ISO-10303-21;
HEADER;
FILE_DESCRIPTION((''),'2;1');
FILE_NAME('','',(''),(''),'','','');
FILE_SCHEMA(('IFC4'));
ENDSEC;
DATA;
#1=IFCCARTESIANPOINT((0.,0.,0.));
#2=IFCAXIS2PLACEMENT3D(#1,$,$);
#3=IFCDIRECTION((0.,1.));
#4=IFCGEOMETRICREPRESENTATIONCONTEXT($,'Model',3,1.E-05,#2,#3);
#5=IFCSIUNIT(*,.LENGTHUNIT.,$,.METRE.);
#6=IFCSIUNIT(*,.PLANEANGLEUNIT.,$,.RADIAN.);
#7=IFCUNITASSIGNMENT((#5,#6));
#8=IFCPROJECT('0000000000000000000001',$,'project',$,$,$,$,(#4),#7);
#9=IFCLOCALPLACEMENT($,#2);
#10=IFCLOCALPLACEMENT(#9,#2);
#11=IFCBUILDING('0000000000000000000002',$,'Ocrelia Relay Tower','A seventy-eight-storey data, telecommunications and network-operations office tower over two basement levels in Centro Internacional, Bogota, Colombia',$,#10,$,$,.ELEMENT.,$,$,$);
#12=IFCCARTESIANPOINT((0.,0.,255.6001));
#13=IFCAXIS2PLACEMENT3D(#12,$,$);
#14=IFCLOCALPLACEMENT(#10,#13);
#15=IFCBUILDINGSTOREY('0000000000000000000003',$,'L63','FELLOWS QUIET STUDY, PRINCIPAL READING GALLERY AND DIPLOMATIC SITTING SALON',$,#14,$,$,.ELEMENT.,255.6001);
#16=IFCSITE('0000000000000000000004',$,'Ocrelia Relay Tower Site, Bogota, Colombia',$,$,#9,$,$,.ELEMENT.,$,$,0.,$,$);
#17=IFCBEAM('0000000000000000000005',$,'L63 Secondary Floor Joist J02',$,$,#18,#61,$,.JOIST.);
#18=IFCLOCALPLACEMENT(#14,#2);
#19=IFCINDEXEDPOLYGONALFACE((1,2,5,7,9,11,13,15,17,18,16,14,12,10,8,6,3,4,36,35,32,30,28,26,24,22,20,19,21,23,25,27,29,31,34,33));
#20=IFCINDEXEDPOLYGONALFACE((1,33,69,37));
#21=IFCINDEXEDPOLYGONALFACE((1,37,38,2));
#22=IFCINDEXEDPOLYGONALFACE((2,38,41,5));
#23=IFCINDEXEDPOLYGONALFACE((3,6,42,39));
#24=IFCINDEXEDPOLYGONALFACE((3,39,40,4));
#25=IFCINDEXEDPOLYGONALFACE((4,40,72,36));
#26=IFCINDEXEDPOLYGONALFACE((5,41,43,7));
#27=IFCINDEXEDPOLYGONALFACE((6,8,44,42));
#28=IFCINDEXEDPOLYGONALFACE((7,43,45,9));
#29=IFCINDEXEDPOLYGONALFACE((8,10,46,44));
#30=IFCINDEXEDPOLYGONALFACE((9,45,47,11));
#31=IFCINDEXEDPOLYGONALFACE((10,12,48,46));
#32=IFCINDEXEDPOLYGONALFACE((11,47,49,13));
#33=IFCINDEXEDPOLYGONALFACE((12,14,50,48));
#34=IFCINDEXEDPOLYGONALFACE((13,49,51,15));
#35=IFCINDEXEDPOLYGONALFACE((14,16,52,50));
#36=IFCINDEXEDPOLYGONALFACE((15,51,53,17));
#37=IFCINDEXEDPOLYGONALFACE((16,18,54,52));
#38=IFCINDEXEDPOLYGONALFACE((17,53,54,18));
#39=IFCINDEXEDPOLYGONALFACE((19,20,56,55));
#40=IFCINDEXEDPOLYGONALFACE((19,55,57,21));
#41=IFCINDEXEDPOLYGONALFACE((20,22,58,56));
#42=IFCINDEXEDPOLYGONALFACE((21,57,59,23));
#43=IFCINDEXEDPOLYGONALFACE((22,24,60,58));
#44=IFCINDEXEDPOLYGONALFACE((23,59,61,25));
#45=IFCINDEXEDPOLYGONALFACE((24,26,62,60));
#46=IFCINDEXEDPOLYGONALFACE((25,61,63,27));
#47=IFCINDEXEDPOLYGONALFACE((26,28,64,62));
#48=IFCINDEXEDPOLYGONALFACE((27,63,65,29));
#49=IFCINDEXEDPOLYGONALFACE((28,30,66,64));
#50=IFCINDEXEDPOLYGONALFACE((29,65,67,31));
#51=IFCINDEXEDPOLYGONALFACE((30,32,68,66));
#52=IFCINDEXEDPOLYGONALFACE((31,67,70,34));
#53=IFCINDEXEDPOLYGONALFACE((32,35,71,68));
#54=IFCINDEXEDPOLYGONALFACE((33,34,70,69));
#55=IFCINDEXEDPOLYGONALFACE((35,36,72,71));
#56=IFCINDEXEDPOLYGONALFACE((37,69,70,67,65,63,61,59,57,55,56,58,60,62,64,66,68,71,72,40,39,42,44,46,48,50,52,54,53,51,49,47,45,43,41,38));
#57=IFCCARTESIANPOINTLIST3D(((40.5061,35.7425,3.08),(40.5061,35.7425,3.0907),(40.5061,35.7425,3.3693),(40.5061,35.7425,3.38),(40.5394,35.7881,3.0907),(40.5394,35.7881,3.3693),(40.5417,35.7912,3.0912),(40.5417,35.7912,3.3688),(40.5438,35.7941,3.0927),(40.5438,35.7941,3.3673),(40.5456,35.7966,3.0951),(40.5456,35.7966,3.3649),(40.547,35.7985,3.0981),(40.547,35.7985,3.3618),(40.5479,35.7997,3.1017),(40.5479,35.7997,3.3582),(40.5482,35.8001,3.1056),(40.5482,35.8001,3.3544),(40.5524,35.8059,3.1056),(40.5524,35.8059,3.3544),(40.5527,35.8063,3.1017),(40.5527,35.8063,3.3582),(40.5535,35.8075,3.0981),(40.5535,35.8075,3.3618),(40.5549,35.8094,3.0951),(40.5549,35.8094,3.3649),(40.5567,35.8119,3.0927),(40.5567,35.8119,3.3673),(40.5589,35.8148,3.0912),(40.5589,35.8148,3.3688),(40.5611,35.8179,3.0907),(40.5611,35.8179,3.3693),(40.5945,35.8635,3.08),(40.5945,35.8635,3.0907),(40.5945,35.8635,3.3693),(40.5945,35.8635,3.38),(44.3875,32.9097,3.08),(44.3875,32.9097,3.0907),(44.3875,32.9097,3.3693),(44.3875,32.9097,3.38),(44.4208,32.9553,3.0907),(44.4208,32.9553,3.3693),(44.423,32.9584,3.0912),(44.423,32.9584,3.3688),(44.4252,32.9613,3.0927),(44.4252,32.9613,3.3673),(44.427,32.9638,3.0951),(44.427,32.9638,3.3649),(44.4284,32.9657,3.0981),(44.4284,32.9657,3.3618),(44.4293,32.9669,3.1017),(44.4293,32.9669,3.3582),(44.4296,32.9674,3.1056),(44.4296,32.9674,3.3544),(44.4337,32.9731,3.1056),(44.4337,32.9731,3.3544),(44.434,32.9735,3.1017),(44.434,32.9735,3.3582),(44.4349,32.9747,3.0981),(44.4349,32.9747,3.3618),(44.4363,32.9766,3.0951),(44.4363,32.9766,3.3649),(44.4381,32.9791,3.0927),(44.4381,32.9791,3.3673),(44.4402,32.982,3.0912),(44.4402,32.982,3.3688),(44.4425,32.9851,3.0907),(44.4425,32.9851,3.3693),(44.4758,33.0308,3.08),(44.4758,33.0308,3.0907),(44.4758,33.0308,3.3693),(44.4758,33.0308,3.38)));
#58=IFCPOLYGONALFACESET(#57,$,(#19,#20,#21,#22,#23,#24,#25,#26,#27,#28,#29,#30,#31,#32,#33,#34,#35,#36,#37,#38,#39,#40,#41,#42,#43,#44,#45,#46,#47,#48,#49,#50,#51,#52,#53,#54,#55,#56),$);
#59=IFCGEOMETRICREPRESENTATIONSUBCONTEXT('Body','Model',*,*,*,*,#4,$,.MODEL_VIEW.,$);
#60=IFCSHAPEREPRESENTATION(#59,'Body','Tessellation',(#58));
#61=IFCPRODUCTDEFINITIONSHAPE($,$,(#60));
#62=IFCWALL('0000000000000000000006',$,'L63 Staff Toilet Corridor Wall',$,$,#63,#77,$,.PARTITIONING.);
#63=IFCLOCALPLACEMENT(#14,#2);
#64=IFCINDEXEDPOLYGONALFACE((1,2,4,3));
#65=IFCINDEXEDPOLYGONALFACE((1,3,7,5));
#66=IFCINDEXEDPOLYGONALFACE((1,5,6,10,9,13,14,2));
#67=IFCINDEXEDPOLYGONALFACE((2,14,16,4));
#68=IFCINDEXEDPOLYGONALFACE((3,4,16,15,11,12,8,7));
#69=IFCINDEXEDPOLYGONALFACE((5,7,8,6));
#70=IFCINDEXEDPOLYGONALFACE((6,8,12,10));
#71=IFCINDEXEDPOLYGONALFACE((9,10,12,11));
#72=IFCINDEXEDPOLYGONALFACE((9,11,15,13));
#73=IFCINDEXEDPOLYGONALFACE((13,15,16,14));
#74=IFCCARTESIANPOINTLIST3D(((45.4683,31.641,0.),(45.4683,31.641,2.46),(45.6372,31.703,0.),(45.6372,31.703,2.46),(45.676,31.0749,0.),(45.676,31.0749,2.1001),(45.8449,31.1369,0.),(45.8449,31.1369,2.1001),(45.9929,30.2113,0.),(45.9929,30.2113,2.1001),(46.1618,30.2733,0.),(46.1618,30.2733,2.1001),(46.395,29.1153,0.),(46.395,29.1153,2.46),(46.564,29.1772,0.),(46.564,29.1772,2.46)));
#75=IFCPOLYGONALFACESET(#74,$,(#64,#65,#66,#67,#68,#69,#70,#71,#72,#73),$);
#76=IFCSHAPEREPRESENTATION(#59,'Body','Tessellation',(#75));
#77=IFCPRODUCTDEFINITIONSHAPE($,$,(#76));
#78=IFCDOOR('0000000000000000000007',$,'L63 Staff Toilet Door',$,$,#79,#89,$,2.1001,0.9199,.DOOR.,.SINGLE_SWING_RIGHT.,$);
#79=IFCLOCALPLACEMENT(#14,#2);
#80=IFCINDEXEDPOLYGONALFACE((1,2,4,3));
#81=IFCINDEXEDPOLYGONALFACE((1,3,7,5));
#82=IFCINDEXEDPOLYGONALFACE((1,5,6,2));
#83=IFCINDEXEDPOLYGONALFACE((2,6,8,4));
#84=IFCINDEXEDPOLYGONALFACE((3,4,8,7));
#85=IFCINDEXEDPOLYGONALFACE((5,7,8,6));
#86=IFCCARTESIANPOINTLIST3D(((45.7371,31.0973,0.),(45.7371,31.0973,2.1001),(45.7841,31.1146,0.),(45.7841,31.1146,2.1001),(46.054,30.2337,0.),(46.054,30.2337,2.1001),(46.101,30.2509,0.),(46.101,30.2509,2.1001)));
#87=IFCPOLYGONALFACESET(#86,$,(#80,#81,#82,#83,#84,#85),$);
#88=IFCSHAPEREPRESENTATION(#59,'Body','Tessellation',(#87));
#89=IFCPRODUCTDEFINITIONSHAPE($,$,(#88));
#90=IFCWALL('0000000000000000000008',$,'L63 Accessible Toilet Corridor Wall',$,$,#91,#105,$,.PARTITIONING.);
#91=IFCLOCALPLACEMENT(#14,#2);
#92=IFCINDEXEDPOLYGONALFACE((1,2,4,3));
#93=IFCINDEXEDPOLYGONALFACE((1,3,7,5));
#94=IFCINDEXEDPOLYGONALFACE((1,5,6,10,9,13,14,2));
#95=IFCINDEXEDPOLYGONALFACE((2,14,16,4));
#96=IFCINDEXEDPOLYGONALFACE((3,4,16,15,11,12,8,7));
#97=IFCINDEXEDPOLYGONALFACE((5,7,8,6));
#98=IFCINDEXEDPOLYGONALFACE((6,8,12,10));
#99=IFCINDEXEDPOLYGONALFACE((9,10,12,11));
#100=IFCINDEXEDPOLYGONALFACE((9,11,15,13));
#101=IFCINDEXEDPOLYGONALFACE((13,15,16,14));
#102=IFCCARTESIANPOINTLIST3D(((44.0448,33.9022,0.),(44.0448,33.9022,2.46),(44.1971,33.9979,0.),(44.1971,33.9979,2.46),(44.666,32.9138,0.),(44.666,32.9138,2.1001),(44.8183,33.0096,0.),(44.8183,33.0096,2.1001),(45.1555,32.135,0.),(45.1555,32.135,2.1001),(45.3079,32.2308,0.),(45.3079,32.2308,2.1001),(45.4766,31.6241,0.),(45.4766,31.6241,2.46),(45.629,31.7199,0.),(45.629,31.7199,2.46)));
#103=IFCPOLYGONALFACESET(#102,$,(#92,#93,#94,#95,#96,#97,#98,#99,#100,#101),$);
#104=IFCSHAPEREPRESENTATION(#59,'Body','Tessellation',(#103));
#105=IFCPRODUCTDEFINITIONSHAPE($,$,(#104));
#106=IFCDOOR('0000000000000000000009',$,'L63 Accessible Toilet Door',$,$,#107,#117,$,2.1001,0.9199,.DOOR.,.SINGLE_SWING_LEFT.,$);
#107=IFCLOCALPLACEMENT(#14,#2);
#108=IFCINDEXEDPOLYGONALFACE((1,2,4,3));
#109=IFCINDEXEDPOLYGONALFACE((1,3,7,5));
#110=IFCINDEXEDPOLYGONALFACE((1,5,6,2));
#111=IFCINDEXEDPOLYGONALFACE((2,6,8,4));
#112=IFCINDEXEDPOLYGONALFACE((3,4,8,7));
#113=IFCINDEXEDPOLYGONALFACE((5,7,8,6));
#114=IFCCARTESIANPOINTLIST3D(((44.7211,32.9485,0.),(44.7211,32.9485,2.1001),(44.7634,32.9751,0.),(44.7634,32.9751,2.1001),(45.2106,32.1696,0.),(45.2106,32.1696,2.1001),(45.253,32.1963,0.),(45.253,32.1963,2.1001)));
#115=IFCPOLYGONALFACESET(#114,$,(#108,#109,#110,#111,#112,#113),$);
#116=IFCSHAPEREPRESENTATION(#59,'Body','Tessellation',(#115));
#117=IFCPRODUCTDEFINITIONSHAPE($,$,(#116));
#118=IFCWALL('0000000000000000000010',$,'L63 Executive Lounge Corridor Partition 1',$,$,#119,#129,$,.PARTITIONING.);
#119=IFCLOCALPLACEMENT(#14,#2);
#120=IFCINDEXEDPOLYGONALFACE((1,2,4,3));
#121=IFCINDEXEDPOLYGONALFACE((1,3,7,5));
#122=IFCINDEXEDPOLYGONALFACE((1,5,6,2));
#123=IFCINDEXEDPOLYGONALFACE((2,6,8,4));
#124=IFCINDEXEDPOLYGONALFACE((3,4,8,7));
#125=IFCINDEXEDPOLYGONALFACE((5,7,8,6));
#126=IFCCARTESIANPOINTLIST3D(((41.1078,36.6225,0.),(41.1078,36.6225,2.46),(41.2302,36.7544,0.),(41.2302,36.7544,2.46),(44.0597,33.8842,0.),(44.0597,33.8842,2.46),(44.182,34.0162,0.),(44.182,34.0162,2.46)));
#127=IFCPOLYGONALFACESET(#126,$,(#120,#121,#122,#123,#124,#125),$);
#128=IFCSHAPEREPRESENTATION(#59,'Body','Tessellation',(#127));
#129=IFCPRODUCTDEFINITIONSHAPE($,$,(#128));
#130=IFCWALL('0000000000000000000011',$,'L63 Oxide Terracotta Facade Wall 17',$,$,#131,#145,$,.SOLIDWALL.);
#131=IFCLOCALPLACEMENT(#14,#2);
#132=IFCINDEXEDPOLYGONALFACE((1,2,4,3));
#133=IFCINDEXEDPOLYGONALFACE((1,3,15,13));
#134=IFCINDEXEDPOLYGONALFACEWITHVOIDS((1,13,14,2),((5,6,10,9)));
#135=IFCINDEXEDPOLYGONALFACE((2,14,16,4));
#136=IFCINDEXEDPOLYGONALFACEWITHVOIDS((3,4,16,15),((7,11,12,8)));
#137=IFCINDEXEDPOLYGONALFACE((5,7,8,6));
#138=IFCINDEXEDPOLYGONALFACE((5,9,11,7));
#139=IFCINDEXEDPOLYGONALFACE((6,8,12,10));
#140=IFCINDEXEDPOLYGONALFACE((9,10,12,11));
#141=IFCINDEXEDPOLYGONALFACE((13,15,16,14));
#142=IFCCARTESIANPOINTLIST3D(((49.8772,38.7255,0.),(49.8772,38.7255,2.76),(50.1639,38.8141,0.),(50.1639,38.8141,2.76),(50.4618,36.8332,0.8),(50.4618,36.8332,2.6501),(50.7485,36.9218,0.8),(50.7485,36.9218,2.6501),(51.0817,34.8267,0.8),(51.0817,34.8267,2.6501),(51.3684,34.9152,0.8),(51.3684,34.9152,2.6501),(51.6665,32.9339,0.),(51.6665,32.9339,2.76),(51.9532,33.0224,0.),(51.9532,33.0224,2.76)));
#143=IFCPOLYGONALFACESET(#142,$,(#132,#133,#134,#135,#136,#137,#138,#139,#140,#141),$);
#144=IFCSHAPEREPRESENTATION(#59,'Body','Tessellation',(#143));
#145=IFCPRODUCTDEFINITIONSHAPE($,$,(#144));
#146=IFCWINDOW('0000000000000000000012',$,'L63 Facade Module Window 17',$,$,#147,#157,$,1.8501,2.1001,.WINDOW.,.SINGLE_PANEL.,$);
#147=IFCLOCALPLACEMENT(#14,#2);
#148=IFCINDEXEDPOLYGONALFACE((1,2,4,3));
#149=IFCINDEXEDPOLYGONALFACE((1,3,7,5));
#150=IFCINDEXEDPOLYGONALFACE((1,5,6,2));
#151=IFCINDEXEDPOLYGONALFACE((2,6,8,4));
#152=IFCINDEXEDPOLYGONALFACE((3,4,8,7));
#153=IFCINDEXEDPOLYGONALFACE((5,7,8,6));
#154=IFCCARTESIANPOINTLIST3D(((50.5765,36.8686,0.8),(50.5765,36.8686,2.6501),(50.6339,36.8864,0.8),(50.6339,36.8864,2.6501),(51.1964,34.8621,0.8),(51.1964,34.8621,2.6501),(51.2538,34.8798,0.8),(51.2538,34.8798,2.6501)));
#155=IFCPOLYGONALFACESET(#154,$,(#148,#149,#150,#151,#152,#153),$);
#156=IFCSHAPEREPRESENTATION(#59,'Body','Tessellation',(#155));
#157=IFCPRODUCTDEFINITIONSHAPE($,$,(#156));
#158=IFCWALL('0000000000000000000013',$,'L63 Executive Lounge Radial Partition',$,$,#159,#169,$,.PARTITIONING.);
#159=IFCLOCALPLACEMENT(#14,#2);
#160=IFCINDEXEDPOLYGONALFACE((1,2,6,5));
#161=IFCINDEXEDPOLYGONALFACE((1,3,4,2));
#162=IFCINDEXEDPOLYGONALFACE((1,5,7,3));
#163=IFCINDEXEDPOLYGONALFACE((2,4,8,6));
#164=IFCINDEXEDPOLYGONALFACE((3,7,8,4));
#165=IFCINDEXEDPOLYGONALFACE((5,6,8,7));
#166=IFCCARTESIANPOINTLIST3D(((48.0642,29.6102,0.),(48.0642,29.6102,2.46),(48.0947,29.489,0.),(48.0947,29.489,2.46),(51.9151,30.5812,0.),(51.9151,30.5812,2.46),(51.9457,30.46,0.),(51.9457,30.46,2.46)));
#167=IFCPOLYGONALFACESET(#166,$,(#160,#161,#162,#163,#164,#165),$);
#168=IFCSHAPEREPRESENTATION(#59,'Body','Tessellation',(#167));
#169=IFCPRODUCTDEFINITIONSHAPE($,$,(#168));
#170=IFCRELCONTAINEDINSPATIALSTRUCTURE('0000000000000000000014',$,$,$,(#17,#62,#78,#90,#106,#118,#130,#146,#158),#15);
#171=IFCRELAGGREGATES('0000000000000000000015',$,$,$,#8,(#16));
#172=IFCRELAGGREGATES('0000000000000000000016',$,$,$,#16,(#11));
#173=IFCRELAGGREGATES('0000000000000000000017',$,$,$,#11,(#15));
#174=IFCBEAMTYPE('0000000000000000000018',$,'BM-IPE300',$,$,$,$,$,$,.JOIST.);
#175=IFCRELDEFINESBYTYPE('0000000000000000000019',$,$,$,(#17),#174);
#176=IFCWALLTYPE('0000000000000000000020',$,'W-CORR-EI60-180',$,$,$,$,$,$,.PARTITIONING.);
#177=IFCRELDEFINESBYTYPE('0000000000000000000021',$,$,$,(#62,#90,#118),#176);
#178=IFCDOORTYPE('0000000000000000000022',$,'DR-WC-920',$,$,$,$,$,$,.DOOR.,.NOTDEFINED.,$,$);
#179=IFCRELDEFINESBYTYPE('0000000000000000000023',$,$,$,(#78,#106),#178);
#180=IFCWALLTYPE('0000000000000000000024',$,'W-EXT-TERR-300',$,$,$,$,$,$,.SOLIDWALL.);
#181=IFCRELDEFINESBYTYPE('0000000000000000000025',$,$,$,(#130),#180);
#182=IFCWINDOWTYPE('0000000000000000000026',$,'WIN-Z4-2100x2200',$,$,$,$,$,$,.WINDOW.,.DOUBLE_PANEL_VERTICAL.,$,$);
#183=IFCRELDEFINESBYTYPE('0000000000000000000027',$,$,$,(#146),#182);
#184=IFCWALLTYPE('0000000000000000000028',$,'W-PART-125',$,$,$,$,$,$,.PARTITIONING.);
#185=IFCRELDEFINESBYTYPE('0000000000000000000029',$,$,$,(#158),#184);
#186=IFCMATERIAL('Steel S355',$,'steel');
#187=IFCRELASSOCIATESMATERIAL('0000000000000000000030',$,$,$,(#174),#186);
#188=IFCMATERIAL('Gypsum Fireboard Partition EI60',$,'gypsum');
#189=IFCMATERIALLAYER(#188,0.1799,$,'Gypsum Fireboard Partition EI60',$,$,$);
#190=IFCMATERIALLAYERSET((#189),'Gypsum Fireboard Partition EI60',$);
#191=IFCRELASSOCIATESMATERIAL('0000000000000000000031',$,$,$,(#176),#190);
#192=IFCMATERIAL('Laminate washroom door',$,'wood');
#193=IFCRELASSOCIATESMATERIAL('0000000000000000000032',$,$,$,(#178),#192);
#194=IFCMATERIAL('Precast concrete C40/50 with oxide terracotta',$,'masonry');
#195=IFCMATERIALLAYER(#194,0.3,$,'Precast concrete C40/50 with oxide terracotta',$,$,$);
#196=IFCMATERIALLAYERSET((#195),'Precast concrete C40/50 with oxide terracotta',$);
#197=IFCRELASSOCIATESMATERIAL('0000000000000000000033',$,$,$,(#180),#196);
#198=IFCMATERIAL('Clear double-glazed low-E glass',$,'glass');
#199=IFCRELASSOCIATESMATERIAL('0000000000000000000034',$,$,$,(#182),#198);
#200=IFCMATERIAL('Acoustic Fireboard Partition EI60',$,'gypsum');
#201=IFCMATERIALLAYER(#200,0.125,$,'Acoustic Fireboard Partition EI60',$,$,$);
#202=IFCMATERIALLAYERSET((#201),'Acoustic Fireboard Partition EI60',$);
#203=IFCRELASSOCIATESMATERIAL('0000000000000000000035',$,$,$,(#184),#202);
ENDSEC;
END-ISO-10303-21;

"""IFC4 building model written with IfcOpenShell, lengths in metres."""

from ifc_helpers import new_model, si_unit, direction, frame, frame_2d, origin, origin_2d, place, context, subcontext, project, spatial, rectangle, i_section, extrude, material, layer, layer_set, material_profile, profile_set, type_object, element, fill, save


model = new_model("IFC4")

# Units and contexts
model_context = context("Model", 3, precision=1e-05, world=origin(), true_north=direction((0.0, 1.0)))
body_context = subcontext(model_context, "Body", "Model", "MODEL_VIEW")
ifc_project = project(units=[si_unit("LENGTHUNIT", "METRE"), si_unit("PLANEANGLEUNIT", "RADIAN")], contexts=[model_context])

# Site, building, storey
site_placement = place(None, origin())
site = spatial("IfcSite", under=ifc_project, at=site_placement, Name="Ocrelia Relay Tower Site, Bogota, Colombia", CompositionType="ELEMENT", RefElevation=0.0)
building_placement = place(site_placement, origin())
building = spatial("IfcBuilding", under=site, at=building_placement, Name="Ocrelia Relay Tower", Description="A seventy-eight-storey data, telecommunications and network-operations office tower over two basement levels in Centro Internacional, Bogota, Colombia", CompositionType="ELEMENT")
storey_placement = place(building_placement, frame((0.0, 0.0, 255.6001)))
storey = spatial("IfcBuildingStorey", under=building, at=storey_placement, Name="L63", Description="FELLOWS QUIET STUDY, PRINCIPAL READING GALLERY AND DIPLOMATIC SITTING SALON", CompositionType="ELEMENT", Elevation=255.6001)

# Beam
ifc_material_1 = material(Name="Steel S355", Category="steel")
ifc_material_profile_1 = material_profile(ifc_material_1, i_section(OverallWidth=0.1499, OverallDepth=0.3, WebThickness=0.0071, FlangeThickness=0.0107, FilletRadius=0.0149, at=origin_2d()), Name="IPE 300")
ifc_profile_set_1 = profile_set([ifc_material_profile_1], Name="Steel S355")
beam_type_1 = type_object("IfcBeamType", Name="BM-IPE300", PredefinedType="JOIST", material=ifc_profile_set_1)
beam_1_placement = place(storey_placement, frame((44.4316, 32.9702, 3.23), z_axis=(-0.807748, 0.589527, 0.0), x_axis=(-0.589527, -0.807748, 0.0)))
element("IfcBeam", 1, at=beam_1_placement, inside=storey, type_object=beam_type_1, Name="L63 Secondary Floor Joist J02", PredefinedType="JOIST", context=body_context, shape_type="SweptSolid", body=[
    extrude(i_section(OverallWidth=0.1499, OverallDepth=0.3, WebThickness=0.0071, FlangeThickness=0.0107, FilletRadius=0.0149, at=origin_2d()), origin(), (0.0, 0.0, 1.0), 4.8052),
])

# Walls, openings, doors
ifc_material_2 = material(Name="Gypsum Fireboard Partition EI60", Category="gypsum")
ifc_layer_1 = layer(ifc_material_2, 0.1799, Name="Gypsum Fireboard Partition EI60")
ifc_layer_set_1 = layer_set([ifc_layer_1], Name="Gypsum Fireboard Partition EI60")
wall_type_1 = type_object("IfcWallType", Name="W-CORR-EI60-180", PredefinedType="PARTITIONING", material=ifc_layer_set_1)
wall_1_placement = place(storey_placement, frame((46.4795, 29.1462, 0.0), z_axis=(0.0, 0.0, 1.0), x_axis=(-0.344452, 0.938804, 0.0)))
wall_1 = element("IfcWall", 2, at=wall_1_placement, inside=storey, type_object=wall_type_1, Name="L63 Staff Toilet Corridor Wall", PredefinedType="PARTITIONING", context=body_context, shape_type="SweptSolid", body=[
    extrude(rectangle(XDim=2.6904, YDim=0.1799, at=frame_2d((1.3452, 0.0))), origin(), (0.0, 0.0, 1.0), 2.46),
])
opening_1_placement = place(wall_1_placement, frame((1.1675, 0.0, 0.0)))
opening_1 = element("IfcOpeningElement", 3, at=opening_1_placement, cuts=wall_1, PredefinedType="OPENING", context=body_context, shape_type="SweptSolid", body=[
    extrude(rectangle(XDim=0.9199, YDim=2.1001, at=frame_2d((0.46, 1.05))), frame((0.0, 0.1001, 0.0), z_axis=(0.0, -1.0, 0.0), x_axis=(1.0, 0.0, 0.0)), (0.0, 0.0, 1.0), 0.2),
])
ifc_material_3 = material(Name="Laminate washroom door", Category="wood")
door_type = type_object("IfcDoorType", Name="DR-WC-920", OperationType="NOTDEFINED", PredefinedType="DOOR", material=ifc_material_3)
door_1_placement = place(opening_1_placement, origin())
door_1 = element("IfcDoor", 4, at=door_1_placement, inside=storey, type_object=door_type, Name="L63 Staff Toilet Door", OperationType="SINGLE_SWING_RIGHT", OverallHeight=2.1001, OverallWidth=0.9199, PredefinedType="DOOR", context=body_context, shape_type="SweptSolid", body=[
    extrude(rectangle(XDim=0.9199, YDim=2.1001, at=frame_2d((0.46, 1.05))), frame((0.0, 0.0249, 0.0), z_axis=(0.0, -1.0, 0.0), x_axis=(1.0, 0.0, 0.0)), (0.0, 0.0, 1.0), 0.05),
])
fill(opening_1, door_1)
wall_2_placement = place(storey_placement, frame((45.5527, 31.6721, 0.0), z_axis=(0.0, 0.0, 1.0), x_axis=(-0.532159, 0.846645, 0.0)))
wall_2 = element("IfcWall", 5, at=wall_2_placement, inside=storey, type_object=wall_type_1, Name="L63 Accessible Toilet Corridor Wall", PredefinedType="PARTITIONING", context=body_context, shape_type="SweptSolid", body=[
    extrude(rectangle(XDim=2.6907, YDim=0.1799, at=frame_2d((1.3452, 0.0))), origin(), (0.0, 0.0, 1.0), 2.46),
])
opening_2_placement = place(wall_2_placement, frame((0.6033, 0.0, 0.0)))
opening_2 = element("IfcOpeningElement", 6, at=opening_2_placement, cuts=wall_2, PredefinedType="OPENING", context=body_context, shape_type="SweptSolid", body=[
    extrude(rectangle(XDim=0.9199, YDim=2.1001, at=frame_2d((0.46, 1.05))), frame((0.0, 0.1001, 0.0), z_axis=(0.0, -1.0, 0.0), x_axis=(1.0, 0.0, 0.0)), (0.0, 0.0, 1.0), 0.2),
])
door_2_placement = place(opening_2_placement, origin())
door_2 = element("IfcDoor", 7, at=door_2_placement, inside=storey, type_object=door_type, Name="L63 Accessible Toilet Door", OperationType="SINGLE_SWING_LEFT", OverallHeight=2.1001, OverallWidth=0.9199, PredefinedType="DOOR", context=body_context, shape_type="SweptSolid", body=[
    extrude(rectangle(XDim=0.9199, YDim=2.1001, at=frame_2d((0.46, 1.05))), frame((0.0, 0.0249, 0.0), z_axis=(0.0, -1.0, 0.0), x_axis=(1.0, 0.0, 0.0)), (0.0, 0.0, 1.0), 0.05),
])
fill(opening_2, door_2)

# Wall
wall_3_placement = place(storey_placement, frame((44.1208, 33.9502, 0.0), z_axis=(0.0, 0.0, 1.0), x_axis=(-0.733137, 0.680081, 0.0)))
element("IfcWall", 8, at=wall_3_placement, inside=storey, type_object=wall_type_1, Name="L63 Executive Lounge Corridor Partition 1", PredefinedType="PARTITIONING", context=body_context, shape_type="SweptSolid", body=[
    extrude(rectangle(XDim=4.0264, YDim=0.1799, at=frame_2d((2.0132, 0.0))), origin(), (0.0, 0.0, 1.0), 2.46),
])

# Wall, opening, window
ifc_material_4 = material(Name="Precast concrete C40/50 with oxide terracotta", Category="masonry")
ifc_layer_2 = layer(ifc_material_4, 0.3, Name="Precast concrete C40/50 with oxide terracotta")
ifc_layer_set_2 = layer_set([ifc_layer_2], Name="Precast concrete C40/50 with oxide terracotta")
wall_type_2 = type_object("IfcWallType", Name="W-EXT-TERR-300", PredefinedType="SOLIDWALL", material=ifc_layer_set_2)
wall_4_placement = place(storey_placement, frame((51.8098, 32.9783, 0.0), z_axis=(0.0, 0.0, 1.0), x_axis=(-0.295175, 0.955443, 0.0)))
wall_4 = element("IfcWall", 9, at=wall_4_placement, inside=storey, type_object=wall_type_2, Name="L63 Oxide Terracotta Facade Wall 17", PredefinedType="SOLIDWALL", context=body_context, shape_type="SweptSolid", body=[
    extrude(rectangle(XDim=6.0618, YDim=0.3, at=frame_2d((3.0308, 0.0))), origin(), (0.0, 0.0, 1.0), 2.76),
])
opening_3_placement = place(wall_4_placement, frame((1.981, 0.0, 0.8)))
opening_3 = element("IfcOpeningElement", 10, at=opening_3_placement, cuts=wall_4, PredefinedType="OPENING", context=body_context, shape_type="SweptSolid", body=[
    extrude(rectangle(XDim=2.1001, YDim=1.8501, at=frame_2d((1.05, 0.925))), frame((0.0, 0.1602, 0.0), z_axis=(0.0, -1.0, 0.0), x_axis=(1.0, 0.0, 0.0)), (0.0, 0.0, 1.0), 0.3201),
])
ifc_material_5 = material(Name="Clear double-glazed low-E glass", Category="glass")
window_type = type_object("IfcWindowType", Name="WIN-Z4-2100x2200", PartitioningType="DOUBLE_PANEL_VERTICAL", PredefinedType="WINDOW", material=ifc_material_5)
window_placement = place(opening_3_placement, origin())
window = element("IfcWindow", 11, at=window_placement, inside=storey, type_object=window_type, Name="L63 Facade Module Window 17", OverallHeight=1.8501, OverallWidth=2.1001, PartitioningType="SINGLE_PANEL", PredefinedType="WINDOW", context=body_context, shape_type="SweptSolid", body=[
    extrude(rectangle(XDim=2.1001, YDim=1.8501, at=frame_2d((1.05, 0.925))), frame((0.0, 0.03, 0.0), z_axis=(0.0, -1.0, 0.0), x_axis=(1.0, 0.0, 0.0)), (0.0, 0.0, 1.0), 0.0601),
])
fill(opening_3, window)

# Wall
ifc_material_6 = material(Name="Acoustic Fireboard Partition EI60", Category="gypsum")
ifc_layer_3 = layer(ifc_material_6, 0.125, Name="Acoustic Fireboard Partition EI60")
ifc_layer_set_3 = layer_set([ifc_layer_3], Name="Acoustic Fireboard Partition EI60")
wall_type_3 = type_object("IfcWallType", Name="W-PART-125", PredefinedType="PARTITIONING", material=ifc_layer_set_3)
wall_5_placement = place(storey_placement, frame((48.0793, 29.5496, 0.0), z_axis=(0.0, 0.0, 1.0), x_axis=(0.969652, 0.244488, 0.0)))
element("IfcWall", 12, at=wall_5_placement, inside=storey, type_object=wall_type_3, Name="L63 Executive Lounge Radial Partition", PredefinedType="PARTITIONING", context=body_context, shape_type="SweptSolid", body=[
    extrude(rectangle(XDim=3.9714, YDim=0.125, at=frame_2d((1.9858, 0.0))), origin(), (0.0, 0.0, 1.0), 2.46),
])

save(model, "model.ifc")
